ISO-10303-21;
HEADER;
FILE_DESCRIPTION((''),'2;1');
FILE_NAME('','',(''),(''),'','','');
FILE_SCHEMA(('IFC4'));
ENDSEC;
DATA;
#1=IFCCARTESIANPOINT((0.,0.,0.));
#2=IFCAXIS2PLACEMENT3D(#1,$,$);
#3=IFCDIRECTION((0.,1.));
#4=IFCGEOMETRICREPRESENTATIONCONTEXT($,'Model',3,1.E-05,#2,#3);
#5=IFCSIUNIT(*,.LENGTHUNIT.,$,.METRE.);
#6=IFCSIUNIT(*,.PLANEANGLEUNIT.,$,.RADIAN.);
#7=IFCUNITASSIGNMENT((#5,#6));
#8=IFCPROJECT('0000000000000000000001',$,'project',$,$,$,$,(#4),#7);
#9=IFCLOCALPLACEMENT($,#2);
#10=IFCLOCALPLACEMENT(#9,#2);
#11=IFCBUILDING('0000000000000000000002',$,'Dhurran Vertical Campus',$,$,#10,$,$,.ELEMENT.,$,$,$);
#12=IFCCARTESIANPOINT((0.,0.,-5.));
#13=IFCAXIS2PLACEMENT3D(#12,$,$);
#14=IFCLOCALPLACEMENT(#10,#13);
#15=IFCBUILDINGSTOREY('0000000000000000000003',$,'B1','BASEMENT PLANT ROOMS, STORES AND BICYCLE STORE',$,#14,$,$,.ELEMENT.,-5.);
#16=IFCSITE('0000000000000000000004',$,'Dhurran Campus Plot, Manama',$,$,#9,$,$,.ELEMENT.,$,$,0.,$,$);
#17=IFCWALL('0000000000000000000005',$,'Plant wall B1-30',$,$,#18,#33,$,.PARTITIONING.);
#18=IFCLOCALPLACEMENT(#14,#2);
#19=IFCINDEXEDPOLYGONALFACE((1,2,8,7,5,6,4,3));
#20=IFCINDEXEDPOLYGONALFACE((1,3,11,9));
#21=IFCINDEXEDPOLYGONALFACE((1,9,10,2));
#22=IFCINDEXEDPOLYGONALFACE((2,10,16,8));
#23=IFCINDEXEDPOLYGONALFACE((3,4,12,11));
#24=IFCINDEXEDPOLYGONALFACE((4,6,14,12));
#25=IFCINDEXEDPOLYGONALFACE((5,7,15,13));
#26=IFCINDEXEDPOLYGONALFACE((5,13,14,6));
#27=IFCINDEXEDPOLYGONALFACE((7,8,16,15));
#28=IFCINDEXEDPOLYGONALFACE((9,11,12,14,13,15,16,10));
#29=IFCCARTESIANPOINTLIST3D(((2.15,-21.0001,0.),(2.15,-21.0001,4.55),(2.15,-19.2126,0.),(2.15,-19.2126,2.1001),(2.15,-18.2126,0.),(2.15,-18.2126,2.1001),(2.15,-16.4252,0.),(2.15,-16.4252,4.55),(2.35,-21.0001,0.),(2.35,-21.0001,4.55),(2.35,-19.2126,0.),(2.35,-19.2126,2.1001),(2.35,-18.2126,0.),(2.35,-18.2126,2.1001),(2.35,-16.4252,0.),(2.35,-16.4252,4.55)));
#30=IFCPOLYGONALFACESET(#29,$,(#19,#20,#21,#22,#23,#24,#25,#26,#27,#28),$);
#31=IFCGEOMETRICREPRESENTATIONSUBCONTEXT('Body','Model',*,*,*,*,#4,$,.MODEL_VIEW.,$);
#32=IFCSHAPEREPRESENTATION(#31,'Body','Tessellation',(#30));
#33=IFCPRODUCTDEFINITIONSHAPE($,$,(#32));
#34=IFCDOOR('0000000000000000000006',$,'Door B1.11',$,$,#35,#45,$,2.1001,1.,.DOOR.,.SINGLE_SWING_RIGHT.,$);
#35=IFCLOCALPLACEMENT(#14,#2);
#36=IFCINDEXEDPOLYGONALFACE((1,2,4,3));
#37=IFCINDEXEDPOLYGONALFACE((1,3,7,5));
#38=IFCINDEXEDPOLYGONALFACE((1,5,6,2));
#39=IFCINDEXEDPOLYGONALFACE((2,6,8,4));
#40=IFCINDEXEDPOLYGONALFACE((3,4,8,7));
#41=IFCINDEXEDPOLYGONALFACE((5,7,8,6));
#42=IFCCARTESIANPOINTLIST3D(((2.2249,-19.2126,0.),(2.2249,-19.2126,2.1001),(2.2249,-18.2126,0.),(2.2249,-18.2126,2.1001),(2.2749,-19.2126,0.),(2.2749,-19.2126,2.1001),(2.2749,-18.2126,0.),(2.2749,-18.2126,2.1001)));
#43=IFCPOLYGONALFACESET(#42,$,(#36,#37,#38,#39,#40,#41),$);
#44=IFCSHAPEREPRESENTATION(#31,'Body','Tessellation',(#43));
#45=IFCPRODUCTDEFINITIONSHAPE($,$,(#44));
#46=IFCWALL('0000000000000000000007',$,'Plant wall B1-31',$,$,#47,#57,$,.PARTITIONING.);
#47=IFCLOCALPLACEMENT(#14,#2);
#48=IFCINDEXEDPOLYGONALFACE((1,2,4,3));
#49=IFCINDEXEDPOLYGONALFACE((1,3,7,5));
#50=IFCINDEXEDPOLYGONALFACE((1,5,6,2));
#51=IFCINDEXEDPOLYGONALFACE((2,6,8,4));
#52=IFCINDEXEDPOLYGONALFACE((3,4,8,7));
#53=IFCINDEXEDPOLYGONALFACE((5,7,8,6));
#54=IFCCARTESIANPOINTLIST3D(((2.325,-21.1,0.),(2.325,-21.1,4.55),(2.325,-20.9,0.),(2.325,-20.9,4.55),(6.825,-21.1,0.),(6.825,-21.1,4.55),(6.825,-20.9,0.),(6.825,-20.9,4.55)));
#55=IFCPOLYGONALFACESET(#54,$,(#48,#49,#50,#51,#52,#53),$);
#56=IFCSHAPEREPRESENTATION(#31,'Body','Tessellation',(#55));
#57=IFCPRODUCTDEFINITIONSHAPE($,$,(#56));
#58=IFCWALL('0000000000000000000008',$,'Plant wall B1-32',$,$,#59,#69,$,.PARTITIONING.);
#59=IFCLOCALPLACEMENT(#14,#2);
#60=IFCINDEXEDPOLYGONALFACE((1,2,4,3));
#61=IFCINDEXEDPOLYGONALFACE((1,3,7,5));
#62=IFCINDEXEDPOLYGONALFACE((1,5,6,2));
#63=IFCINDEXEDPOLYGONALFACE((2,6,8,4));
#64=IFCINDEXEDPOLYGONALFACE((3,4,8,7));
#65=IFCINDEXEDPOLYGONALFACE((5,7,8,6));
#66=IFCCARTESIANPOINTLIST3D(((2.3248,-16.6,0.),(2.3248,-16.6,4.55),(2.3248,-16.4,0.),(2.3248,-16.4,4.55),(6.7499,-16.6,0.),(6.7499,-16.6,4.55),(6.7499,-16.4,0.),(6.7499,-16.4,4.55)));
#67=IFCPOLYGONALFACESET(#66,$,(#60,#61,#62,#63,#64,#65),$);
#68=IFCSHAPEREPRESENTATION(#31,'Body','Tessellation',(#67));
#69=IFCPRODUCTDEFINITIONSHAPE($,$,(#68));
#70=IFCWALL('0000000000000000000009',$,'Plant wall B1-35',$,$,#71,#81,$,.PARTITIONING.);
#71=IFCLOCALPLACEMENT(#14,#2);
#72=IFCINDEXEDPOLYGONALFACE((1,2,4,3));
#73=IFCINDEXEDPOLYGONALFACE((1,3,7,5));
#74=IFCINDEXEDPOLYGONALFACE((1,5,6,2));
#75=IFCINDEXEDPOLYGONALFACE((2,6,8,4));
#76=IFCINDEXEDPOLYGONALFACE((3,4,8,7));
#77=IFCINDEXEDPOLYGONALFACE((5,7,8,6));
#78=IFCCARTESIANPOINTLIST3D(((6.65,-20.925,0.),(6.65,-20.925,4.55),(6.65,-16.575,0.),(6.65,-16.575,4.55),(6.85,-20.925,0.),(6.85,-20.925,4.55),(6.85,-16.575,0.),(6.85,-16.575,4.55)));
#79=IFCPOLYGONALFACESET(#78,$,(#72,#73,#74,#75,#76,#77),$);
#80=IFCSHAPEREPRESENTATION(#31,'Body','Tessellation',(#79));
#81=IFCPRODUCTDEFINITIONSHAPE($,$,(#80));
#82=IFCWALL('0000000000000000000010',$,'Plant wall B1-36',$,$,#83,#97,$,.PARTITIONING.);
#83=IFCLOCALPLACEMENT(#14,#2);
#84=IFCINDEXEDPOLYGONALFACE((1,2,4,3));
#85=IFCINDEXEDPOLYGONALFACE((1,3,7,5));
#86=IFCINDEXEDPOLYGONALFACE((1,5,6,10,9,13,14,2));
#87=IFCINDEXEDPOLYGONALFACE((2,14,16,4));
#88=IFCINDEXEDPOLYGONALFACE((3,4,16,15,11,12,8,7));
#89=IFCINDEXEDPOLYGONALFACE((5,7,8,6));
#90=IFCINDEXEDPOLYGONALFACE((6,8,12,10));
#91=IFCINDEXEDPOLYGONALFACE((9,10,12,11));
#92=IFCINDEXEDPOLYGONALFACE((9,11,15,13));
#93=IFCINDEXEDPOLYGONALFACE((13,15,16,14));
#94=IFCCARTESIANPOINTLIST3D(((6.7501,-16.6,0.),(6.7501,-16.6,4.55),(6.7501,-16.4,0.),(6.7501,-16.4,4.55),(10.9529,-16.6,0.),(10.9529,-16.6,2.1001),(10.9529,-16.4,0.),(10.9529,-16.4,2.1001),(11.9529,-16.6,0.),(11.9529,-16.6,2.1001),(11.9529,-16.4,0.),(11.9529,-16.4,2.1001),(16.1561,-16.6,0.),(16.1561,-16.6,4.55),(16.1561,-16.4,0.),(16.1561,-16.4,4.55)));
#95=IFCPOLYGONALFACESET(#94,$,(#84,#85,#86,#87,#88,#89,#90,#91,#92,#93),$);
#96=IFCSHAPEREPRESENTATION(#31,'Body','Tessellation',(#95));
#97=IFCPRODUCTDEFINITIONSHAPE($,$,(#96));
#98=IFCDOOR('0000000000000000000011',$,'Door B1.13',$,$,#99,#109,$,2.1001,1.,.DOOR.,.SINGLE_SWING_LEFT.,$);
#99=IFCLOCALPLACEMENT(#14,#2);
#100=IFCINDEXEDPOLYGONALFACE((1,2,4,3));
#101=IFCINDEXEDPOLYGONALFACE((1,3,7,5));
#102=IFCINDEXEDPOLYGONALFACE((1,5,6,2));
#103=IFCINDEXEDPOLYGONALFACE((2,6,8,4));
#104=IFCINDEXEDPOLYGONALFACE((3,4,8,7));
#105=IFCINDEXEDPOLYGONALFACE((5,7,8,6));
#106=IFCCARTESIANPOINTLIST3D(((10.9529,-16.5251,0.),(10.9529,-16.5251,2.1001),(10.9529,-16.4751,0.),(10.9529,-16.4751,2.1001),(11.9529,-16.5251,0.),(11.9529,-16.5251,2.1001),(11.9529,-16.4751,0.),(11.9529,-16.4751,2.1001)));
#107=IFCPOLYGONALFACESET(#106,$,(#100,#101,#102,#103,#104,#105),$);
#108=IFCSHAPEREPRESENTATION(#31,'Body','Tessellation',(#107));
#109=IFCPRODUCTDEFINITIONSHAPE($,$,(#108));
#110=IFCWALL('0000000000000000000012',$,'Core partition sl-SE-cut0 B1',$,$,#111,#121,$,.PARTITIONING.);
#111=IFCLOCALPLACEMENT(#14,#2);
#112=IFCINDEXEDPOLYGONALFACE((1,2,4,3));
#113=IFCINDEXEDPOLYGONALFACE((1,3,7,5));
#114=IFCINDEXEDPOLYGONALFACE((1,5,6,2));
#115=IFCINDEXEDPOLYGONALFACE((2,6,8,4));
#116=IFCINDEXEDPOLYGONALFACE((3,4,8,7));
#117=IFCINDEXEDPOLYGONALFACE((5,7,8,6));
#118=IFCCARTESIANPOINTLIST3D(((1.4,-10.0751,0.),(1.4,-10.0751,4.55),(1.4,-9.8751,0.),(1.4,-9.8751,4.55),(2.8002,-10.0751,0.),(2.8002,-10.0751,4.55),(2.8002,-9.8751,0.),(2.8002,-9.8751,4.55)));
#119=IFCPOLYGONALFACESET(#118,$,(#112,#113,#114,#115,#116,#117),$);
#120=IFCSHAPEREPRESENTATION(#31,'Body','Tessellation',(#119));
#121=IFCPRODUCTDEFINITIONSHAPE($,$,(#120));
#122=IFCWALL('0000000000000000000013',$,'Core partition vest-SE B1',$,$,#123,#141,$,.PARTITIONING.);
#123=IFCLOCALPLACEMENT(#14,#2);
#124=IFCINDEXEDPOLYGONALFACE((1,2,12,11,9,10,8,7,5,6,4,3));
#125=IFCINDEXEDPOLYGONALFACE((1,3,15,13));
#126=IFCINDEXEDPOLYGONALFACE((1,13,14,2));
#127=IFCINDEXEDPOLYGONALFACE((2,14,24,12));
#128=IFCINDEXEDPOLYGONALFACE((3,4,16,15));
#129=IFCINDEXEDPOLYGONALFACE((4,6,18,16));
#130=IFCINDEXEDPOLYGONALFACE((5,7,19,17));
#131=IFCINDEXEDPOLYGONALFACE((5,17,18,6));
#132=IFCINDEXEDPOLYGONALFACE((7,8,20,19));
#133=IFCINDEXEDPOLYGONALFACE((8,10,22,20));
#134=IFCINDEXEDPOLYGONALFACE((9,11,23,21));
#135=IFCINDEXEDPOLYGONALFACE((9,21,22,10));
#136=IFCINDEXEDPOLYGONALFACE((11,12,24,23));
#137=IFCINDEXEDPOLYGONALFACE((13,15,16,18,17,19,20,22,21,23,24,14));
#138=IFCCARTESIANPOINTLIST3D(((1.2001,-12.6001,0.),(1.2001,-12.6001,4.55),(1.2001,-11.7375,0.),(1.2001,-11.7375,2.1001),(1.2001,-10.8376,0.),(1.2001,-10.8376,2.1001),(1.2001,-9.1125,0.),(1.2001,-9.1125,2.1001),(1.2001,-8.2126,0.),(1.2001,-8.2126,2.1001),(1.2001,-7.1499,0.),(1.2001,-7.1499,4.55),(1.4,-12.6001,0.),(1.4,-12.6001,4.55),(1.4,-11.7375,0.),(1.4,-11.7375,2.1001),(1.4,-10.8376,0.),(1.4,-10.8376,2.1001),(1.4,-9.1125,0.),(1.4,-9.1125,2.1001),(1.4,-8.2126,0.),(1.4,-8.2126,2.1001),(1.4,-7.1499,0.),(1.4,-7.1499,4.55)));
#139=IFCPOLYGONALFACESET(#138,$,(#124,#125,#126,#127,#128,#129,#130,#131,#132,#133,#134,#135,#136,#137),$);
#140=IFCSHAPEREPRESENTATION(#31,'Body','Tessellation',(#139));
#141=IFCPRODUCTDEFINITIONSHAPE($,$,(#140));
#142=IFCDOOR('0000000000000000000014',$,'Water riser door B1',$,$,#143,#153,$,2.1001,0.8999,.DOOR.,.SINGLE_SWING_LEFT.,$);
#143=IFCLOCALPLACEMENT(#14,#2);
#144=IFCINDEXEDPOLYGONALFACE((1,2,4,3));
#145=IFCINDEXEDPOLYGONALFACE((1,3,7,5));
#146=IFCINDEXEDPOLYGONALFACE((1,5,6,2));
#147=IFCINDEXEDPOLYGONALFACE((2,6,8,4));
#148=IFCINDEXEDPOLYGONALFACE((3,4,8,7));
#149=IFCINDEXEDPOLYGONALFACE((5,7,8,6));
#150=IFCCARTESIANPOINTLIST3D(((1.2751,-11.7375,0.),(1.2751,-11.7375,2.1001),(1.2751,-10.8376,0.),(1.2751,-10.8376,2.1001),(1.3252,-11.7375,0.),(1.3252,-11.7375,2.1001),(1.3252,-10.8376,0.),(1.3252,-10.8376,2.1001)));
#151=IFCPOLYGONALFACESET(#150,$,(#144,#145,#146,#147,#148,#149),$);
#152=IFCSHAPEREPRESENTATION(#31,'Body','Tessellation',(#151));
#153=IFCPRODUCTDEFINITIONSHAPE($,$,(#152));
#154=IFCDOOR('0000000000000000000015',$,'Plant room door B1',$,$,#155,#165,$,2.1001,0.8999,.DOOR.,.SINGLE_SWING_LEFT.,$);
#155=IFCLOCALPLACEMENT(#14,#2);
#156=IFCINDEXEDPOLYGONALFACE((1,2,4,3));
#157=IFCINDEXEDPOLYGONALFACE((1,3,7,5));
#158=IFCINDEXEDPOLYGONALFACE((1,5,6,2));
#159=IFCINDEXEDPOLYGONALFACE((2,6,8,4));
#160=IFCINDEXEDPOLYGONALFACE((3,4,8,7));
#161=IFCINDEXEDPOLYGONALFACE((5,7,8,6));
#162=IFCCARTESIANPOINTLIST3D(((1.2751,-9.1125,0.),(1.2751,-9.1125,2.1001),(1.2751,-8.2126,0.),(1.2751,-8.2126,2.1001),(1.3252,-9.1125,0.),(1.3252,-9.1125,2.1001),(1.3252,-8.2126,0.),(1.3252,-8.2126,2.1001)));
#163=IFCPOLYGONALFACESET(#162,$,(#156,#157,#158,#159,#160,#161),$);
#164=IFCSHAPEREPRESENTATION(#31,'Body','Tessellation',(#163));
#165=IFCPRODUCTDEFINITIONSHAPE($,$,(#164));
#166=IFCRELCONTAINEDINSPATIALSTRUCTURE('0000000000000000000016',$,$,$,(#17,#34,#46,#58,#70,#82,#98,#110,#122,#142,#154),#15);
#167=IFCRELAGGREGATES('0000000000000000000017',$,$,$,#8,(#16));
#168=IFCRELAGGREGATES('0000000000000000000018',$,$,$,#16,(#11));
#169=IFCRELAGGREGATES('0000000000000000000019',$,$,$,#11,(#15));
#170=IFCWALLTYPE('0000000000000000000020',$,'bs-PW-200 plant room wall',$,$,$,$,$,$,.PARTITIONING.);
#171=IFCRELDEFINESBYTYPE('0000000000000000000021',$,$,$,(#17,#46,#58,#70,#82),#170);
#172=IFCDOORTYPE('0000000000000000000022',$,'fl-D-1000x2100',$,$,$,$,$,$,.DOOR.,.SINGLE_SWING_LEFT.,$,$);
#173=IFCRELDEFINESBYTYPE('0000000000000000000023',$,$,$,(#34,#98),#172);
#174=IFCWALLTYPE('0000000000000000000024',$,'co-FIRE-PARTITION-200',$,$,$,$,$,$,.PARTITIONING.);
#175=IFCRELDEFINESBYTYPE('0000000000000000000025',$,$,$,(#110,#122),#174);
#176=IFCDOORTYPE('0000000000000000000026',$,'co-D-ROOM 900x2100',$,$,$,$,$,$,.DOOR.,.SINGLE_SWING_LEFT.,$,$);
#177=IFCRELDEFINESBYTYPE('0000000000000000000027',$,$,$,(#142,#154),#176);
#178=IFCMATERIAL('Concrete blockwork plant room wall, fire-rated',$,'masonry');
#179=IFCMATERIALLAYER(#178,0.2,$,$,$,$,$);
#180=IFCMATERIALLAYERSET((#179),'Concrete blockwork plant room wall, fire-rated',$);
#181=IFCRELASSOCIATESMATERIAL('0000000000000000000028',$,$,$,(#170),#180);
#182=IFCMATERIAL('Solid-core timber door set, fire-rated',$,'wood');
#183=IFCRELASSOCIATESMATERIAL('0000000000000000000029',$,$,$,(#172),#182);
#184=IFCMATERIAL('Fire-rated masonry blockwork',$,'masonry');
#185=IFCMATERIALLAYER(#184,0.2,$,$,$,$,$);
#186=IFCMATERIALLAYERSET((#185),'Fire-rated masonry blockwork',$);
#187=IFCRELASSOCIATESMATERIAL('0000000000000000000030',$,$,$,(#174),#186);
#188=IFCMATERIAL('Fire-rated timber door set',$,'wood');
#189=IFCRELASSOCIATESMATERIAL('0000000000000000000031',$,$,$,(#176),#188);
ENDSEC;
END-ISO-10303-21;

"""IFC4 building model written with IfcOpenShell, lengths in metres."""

from ifc_helpers import new_model, si_unit, direction, frame, frame_2d, origin, place, context, subcontext, project, spatial, rectangle, extrude, material, layer, layer_set, type_object, element, fill, save


model = new_model("IFC4")

# Units and contexts
model_context = context("Model", 3, precision=1e-05, world=origin(), true_north=direction((0.0, 1.0)))
body_context = subcontext(model_context, "Body", "Model", "MODEL_VIEW")
ifc_project = project(units=[si_unit("LENGTHUNIT", "METRE"), si_unit("PLANEANGLEUNIT", "RADIAN")], contexts=[model_context])

# Site, building, storey
site_placement = place(None, origin())
site = spatial("IfcSite", under=ifc_project, at=site_placement, Name="Dhurran Campus Plot, Manama", CompositionType="ELEMENT", RefElevation=0.0)
building_placement = place(site_placement, origin())
building = spatial("IfcBuilding", under=site, at=building_placement, Name="Dhurran Vertical Campus", CompositionType="ELEMENT")
storey_placement = place(building_placement, frame((0.0, 0.0, -5.0)))
storey = spatial("IfcBuildingStorey", under=building, at=storey_placement, Name="B1", Description="BASEMENT PLANT ROOMS, STORES AND BICYCLE STORE", CompositionType="ELEMENT", Elevation=-5.0)

# Shared definitions
ifc_material_1 = material(Name="Concrete blockwork plant room wall, fire-rated", Category="masonry")
ifc_layer_1 = layer(ifc_material_1, 0.2)
ifc_layer_set_1 = layer_set([ifc_layer_1], Name="Concrete blockwork plant room wall, fire-rated")
wall_type_1 = type_object("IfcWallType", Name="bs-PW-200 plant room wall", PredefinedType="PARTITIONING", material=ifc_layer_set_1)

# Wall, opening, door
wall_1_placement = place(storey_placement, frame((2.25, -16.425, 0.0), z_axis=(0.0, 0.0, 1.0), x_axis=(0.0, -1.0, 0.0)))
wall_1 = element("IfcWall", 1, at=wall_1_placement, inside=storey, type_object=wall_type_1, Name="Plant wall B1-30", PredefinedType="PARTITIONING", context=body_context, shape_type="SweptSolid", body=[
    extrude(rectangle(XDim=4.575, YDim=0.2, at=frame_2d((2.2876, 0.0))), origin(), (0.0, 0.0, 1.0), 4.55),
])
opening_1_placement = place(wall_1_placement, frame((1.7876, 0.0, 0.0)))
opening_1 = element("IfcOpeningElement", 2, at=opening_1_placement, cuts=wall_1, PredefinedType="OPENING", context=body_context, shape_type="SweptSolid", body=[
    extrude(rectangle(XDim=1.0, YDim=2.1001, at=frame_2d((0.5, 1.05))), frame((0.0, 0.1099, 0.0), z_axis=(0.0, -1.0, 0.0), x_axis=(1.0, 0.0, 0.0)), (0.0, 0.0, 1.0), 0.22),
])
ifc_material_2 = material(Name="Solid-core timber door set, fire-rated", Category="wood")
door_type_1 = type_object("IfcDoorType", Name="fl-D-1000x2100", OperationType="SINGLE_SWING_LEFT", PredefinedType="DOOR", material=ifc_material_2)
door_1_placement = place(opening_1_placement, origin())
door_1 = element("IfcDoor", 3, at=door_1_placement, inside=storey, type_object=door_type_1, Name="Door B1.11", OperationType="SINGLE_SWING_RIGHT", OverallHeight=2.1001, OverallWidth=1.0, PredefinedType="DOOR", context=body_context, shape_type="SweptSolid", body=[
    extrude(rectangle(XDim=1.0, YDim=2.1001, at=frame_2d((0.5, 1.05))), frame((0.0, 0.0249, 0.0), z_axis=(0.0, -1.0, 0.0), x_axis=(1.0, 0.0, 0.0)), (0.0, 0.0, 1.0), 0.05),
])
fill(opening_1, door_1)

# Walls
wall_2_placement = place(storey_placement, frame((6.825, -21.0, 0.0), z_axis=(0.0, 0.0, 1.0), x_axis=(-1.0, 0.0, 0.0)))
element("IfcWall", 4, at=wall_2_placement, inside=storey, type_object=wall_type_1, Name="Plant wall B1-31", PredefinedType="PARTITIONING", context=body_context, shape_type="SweptSolid", body=[
    extrude(rectangle(XDim=4.5, YDim=0.2, at=frame_2d((2.25, 0.0))), origin(), (0.0, 0.0, 1.0), 4.55),
])
wall_3_placement = place(storey_placement, frame((2.325, -16.5, 0.0), z_axis=(0.0, 0.0, 1.0), x_axis=(1.0, 0.0, 0.0)))
element("IfcWall", 5, at=wall_3_placement, inside=storey, type_object=wall_type_1, Name="Plant wall B1-32", PredefinedType="PARTITIONING", context=body_context, shape_type="SweptSolid", body=[
    extrude(rectangle(XDim=4.425, YDim=0.2, at=frame_2d((2.2124, 0.0))), origin(), (0.0, 0.0, 1.0), 4.55),
])
wall_4_placement = place(storey_placement, frame((6.75, -16.575, 0.0), z_axis=(0.0, 0.0, 1.0), x_axis=(0.0, -1.0, 0.0)))
element("IfcWall", 6, at=wall_4_placement, inside=storey, type_object=wall_type_1, Name="Plant wall B1-35", PredefinedType="PARTITIONING", context=body_context, shape_type="SweptSolid", body=[
    extrude(rectangle(XDim=4.3501, YDim=0.2, at=frame_2d((2.175, 0.0))), origin(), (0.0, 0.0, 1.0), 4.55),
])

# Wall, opening, door
wall_5_placement = place(storey_placement, frame((6.75, -16.5, 0.0), z_axis=(0.0, 0.0, 1.0), x_axis=(1.0, 0.0, 0.0)))
wall_5 = element("IfcWall", 7, at=wall_5_placement, inside=storey, type_object=wall_type_1, Name="Plant wall B1-36", PredefinedType="PARTITIONING", context=body_context, shape_type="SweptSolid", body=[
    extrude(rectangle(XDim=9.406, YDim=0.2, at=frame_2d((4.7031, 0.0))), origin(), (0.0, 0.0, 1.0), 4.55),
])
opening_2_placement = place(wall_5_placement, frame((4.2029, 0.0, 0.0)))
opening_2 = element("IfcOpeningElement", 8, at=opening_2_placement, cuts=wall_5, PredefinedType="OPENING", context=body_context, shape_type="SweptSolid", body=[
    extrude(rectangle(XDim=1.0, YDim=2.1001, at=frame_2d((0.5, 1.05))), frame((0.0, 0.1099, 0.0), z_axis=(0.0, -1.0, 0.0), x_axis=(1.0, 0.0, 0.0)), (0.0, 0.0, 1.0), 0.22),
])
door_2_placement = place(opening_2_placement, origin())
door_2 = element("IfcDoor", 9, at=door_2_placement, inside=storey, type_object=door_type_1, Name="Door B1.13", OperationType="SINGLE_SWING_LEFT", OverallHeight=2.1001, OverallWidth=1.0, PredefinedType="DOOR", context=body_context, shape_type="SweptSolid", body=[
    extrude(rectangle(XDim=1.0, YDim=2.1001, at=frame_2d((0.5, 1.05))), frame((0.0, 0.0249, 0.0), z_axis=(0.0, -1.0, 0.0), x_axis=(1.0, 0.0, 0.0)), (0.0, 0.0, 1.0), 0.05),
])
fill(opening_2, door_2)

# Wall
ifc_material_3 = material(Name="Fire-rated masonry blockwork", Category="masonry")
ifc_layer_2 = layer(ifc_material_3, 0.2)
ifc_layer_set_2 = layer_set([ifc_layer_2], Name="Fire-rated masonry blockwork")
wall_type_2 = type_object("IfcWallType", Name="co-FIRE-PARTITION-200", PredefinedType="PARTITIONING", material=ifc_layer_set_2)
wall_6_placement = place(storey_placement, frame((1.3999, -9.9751, 0.0), z_axis=(0.0, 0.0, 1.0), x_axis=(1.0, 0.0, 0.0)))
element("IfcWall", 10, at=wall_6_placement, inside=storey, type_object=wall_type_2, Name="Core partition sl-SE-cut0 B1", PredefinedType="PARTITIONING", context=body_context, shape_type="SweptSolid", body=[
    extrude(rectangle(XDim=1.4001, YDim=0.2, at=frame_2d((0.7002, 0.0))), origin(), (0.0, 0.0, 1.0), 4.55),
])

# Wall, openings, doors
wall_7_placement = place(storey_placement, frame((1.3, -12.6001, 0.0), z_axis=(0.0, 0.0, 1.0), x_axis=(0.0, 1.0, 0.0)))
wall_7 = element("IfcWall", 11, at=wall_7_placement, inside=storey, type_object=wall_type_2, Name="Core partition vest-SE B1", PredefinedType="PARTITIONING", context=body_context, shape_type="SweptSolid", body=[
    extrude(rectangle(XDim=5.4502, YDim=0.2, at=frame_2d((2.7251, 0.0))), origin(), (0.0, 0.0, 1.0), 4.55),
])
opening_3_placement = place(wall_7_placement, frame((0.8625, 0.0, 0.0)))
opening_3 = element("IfcOpeningElement", 12, at=opening_3_placement, cuts=wall_7, PredefinedType="OPENING", context=body_context, shape_type="SweptSolid", body=[
    extrude(rectangle(XDim=0.8999, YDim=2.1001, at=frame_2d((0.45, 1.05))), frame((0.0, 0.1099, 0.0), z_axis=(0.0, -1.0, 0.0), x_axis=(1.0, 0.0, 0.0)), (0.0, 0.0, 1.0), 0.22),
])
opening_4_placement = place(wall_7_placement, frame((3.4875, 0.0, 0.0)))
opening_4 = element("IfcOpeningElement", 13, at=opening_4_placement, cuts=wall_7, PredefinedType="OPENING", context=body_context, shape_type="SweptSolid", body=[
    extrude(rectangle(XDim=0.8999, YDim=2.1001, at=frame_2d((0.45, 1.05))), frame((0.0, 0.1099, 0.0), z_axis=(0.0, -1.0, 0.0), x_axis=(1.0, 0.0, 0.0)), (0.0, 0.0, 1.0), 0.22),
])
ifc_material_4 = material(Name="Fire-rated timber door set", Category="wood")
door_type_2 = type_object("IfcDoorType", Name="co-D-ROOM 900x2100", OperationType="SINGLE_SWING_LEFT", PredefinedType="DOOR", material=ifc_material_4)
door_3_placement = place(opening_3_placement, origin())
door_3 = element("IfcDoor", 14, at=door_3_placement, inside=storey, type_object=door_type_2, Name="Water riser door B1", OperationType="SINGLE_SWING_LEFT", OverallHeight=2.1001, OverallWidth=0.8999, PredefinedType="DOOR", context=body_context, shape_type="SweptSolid", body=[
    extrude(rectangle(XDim=0.8999, YDim=2.1001, at=frame_2d((0.45, 1.05))), frame((0.0, 0.0249, 0.0), z_axis=(0.0, -1.0, 0.0), x_axis=(1.0, 0.0, 0.0)), (0.0, 0.0, 1.0), 0.05),
])
fill(opening_3, door_3)
door_4_placement = place(opening_4_placement, origin())
door_4 = element("IfcDoor", 15, at=door_4_placement, inside=storey, type_object=door_type_2, Name="Plant room door B1", OperationType="SINGLE_SWING_LEFT", OverallHeight=2.1001, OverallWidth=0.8999, PredefinedType="DOOR", context=body_context, shape_type="SweptSolid", body=[
    extrude(rectangle(XDim=0.8999, YDim=2.1001, at=frame_2d((0.45, 1.05))), frame((0.0, 0.0249, 0.0), z_axis=(0.0, -1.0, 0.0), x_axis=(1.0, 0.0, 0.0)), (0.0, 0.0, 1.0), 0.05),
])
fill(opening_4, door_4)

save(model, "model.ifc")
